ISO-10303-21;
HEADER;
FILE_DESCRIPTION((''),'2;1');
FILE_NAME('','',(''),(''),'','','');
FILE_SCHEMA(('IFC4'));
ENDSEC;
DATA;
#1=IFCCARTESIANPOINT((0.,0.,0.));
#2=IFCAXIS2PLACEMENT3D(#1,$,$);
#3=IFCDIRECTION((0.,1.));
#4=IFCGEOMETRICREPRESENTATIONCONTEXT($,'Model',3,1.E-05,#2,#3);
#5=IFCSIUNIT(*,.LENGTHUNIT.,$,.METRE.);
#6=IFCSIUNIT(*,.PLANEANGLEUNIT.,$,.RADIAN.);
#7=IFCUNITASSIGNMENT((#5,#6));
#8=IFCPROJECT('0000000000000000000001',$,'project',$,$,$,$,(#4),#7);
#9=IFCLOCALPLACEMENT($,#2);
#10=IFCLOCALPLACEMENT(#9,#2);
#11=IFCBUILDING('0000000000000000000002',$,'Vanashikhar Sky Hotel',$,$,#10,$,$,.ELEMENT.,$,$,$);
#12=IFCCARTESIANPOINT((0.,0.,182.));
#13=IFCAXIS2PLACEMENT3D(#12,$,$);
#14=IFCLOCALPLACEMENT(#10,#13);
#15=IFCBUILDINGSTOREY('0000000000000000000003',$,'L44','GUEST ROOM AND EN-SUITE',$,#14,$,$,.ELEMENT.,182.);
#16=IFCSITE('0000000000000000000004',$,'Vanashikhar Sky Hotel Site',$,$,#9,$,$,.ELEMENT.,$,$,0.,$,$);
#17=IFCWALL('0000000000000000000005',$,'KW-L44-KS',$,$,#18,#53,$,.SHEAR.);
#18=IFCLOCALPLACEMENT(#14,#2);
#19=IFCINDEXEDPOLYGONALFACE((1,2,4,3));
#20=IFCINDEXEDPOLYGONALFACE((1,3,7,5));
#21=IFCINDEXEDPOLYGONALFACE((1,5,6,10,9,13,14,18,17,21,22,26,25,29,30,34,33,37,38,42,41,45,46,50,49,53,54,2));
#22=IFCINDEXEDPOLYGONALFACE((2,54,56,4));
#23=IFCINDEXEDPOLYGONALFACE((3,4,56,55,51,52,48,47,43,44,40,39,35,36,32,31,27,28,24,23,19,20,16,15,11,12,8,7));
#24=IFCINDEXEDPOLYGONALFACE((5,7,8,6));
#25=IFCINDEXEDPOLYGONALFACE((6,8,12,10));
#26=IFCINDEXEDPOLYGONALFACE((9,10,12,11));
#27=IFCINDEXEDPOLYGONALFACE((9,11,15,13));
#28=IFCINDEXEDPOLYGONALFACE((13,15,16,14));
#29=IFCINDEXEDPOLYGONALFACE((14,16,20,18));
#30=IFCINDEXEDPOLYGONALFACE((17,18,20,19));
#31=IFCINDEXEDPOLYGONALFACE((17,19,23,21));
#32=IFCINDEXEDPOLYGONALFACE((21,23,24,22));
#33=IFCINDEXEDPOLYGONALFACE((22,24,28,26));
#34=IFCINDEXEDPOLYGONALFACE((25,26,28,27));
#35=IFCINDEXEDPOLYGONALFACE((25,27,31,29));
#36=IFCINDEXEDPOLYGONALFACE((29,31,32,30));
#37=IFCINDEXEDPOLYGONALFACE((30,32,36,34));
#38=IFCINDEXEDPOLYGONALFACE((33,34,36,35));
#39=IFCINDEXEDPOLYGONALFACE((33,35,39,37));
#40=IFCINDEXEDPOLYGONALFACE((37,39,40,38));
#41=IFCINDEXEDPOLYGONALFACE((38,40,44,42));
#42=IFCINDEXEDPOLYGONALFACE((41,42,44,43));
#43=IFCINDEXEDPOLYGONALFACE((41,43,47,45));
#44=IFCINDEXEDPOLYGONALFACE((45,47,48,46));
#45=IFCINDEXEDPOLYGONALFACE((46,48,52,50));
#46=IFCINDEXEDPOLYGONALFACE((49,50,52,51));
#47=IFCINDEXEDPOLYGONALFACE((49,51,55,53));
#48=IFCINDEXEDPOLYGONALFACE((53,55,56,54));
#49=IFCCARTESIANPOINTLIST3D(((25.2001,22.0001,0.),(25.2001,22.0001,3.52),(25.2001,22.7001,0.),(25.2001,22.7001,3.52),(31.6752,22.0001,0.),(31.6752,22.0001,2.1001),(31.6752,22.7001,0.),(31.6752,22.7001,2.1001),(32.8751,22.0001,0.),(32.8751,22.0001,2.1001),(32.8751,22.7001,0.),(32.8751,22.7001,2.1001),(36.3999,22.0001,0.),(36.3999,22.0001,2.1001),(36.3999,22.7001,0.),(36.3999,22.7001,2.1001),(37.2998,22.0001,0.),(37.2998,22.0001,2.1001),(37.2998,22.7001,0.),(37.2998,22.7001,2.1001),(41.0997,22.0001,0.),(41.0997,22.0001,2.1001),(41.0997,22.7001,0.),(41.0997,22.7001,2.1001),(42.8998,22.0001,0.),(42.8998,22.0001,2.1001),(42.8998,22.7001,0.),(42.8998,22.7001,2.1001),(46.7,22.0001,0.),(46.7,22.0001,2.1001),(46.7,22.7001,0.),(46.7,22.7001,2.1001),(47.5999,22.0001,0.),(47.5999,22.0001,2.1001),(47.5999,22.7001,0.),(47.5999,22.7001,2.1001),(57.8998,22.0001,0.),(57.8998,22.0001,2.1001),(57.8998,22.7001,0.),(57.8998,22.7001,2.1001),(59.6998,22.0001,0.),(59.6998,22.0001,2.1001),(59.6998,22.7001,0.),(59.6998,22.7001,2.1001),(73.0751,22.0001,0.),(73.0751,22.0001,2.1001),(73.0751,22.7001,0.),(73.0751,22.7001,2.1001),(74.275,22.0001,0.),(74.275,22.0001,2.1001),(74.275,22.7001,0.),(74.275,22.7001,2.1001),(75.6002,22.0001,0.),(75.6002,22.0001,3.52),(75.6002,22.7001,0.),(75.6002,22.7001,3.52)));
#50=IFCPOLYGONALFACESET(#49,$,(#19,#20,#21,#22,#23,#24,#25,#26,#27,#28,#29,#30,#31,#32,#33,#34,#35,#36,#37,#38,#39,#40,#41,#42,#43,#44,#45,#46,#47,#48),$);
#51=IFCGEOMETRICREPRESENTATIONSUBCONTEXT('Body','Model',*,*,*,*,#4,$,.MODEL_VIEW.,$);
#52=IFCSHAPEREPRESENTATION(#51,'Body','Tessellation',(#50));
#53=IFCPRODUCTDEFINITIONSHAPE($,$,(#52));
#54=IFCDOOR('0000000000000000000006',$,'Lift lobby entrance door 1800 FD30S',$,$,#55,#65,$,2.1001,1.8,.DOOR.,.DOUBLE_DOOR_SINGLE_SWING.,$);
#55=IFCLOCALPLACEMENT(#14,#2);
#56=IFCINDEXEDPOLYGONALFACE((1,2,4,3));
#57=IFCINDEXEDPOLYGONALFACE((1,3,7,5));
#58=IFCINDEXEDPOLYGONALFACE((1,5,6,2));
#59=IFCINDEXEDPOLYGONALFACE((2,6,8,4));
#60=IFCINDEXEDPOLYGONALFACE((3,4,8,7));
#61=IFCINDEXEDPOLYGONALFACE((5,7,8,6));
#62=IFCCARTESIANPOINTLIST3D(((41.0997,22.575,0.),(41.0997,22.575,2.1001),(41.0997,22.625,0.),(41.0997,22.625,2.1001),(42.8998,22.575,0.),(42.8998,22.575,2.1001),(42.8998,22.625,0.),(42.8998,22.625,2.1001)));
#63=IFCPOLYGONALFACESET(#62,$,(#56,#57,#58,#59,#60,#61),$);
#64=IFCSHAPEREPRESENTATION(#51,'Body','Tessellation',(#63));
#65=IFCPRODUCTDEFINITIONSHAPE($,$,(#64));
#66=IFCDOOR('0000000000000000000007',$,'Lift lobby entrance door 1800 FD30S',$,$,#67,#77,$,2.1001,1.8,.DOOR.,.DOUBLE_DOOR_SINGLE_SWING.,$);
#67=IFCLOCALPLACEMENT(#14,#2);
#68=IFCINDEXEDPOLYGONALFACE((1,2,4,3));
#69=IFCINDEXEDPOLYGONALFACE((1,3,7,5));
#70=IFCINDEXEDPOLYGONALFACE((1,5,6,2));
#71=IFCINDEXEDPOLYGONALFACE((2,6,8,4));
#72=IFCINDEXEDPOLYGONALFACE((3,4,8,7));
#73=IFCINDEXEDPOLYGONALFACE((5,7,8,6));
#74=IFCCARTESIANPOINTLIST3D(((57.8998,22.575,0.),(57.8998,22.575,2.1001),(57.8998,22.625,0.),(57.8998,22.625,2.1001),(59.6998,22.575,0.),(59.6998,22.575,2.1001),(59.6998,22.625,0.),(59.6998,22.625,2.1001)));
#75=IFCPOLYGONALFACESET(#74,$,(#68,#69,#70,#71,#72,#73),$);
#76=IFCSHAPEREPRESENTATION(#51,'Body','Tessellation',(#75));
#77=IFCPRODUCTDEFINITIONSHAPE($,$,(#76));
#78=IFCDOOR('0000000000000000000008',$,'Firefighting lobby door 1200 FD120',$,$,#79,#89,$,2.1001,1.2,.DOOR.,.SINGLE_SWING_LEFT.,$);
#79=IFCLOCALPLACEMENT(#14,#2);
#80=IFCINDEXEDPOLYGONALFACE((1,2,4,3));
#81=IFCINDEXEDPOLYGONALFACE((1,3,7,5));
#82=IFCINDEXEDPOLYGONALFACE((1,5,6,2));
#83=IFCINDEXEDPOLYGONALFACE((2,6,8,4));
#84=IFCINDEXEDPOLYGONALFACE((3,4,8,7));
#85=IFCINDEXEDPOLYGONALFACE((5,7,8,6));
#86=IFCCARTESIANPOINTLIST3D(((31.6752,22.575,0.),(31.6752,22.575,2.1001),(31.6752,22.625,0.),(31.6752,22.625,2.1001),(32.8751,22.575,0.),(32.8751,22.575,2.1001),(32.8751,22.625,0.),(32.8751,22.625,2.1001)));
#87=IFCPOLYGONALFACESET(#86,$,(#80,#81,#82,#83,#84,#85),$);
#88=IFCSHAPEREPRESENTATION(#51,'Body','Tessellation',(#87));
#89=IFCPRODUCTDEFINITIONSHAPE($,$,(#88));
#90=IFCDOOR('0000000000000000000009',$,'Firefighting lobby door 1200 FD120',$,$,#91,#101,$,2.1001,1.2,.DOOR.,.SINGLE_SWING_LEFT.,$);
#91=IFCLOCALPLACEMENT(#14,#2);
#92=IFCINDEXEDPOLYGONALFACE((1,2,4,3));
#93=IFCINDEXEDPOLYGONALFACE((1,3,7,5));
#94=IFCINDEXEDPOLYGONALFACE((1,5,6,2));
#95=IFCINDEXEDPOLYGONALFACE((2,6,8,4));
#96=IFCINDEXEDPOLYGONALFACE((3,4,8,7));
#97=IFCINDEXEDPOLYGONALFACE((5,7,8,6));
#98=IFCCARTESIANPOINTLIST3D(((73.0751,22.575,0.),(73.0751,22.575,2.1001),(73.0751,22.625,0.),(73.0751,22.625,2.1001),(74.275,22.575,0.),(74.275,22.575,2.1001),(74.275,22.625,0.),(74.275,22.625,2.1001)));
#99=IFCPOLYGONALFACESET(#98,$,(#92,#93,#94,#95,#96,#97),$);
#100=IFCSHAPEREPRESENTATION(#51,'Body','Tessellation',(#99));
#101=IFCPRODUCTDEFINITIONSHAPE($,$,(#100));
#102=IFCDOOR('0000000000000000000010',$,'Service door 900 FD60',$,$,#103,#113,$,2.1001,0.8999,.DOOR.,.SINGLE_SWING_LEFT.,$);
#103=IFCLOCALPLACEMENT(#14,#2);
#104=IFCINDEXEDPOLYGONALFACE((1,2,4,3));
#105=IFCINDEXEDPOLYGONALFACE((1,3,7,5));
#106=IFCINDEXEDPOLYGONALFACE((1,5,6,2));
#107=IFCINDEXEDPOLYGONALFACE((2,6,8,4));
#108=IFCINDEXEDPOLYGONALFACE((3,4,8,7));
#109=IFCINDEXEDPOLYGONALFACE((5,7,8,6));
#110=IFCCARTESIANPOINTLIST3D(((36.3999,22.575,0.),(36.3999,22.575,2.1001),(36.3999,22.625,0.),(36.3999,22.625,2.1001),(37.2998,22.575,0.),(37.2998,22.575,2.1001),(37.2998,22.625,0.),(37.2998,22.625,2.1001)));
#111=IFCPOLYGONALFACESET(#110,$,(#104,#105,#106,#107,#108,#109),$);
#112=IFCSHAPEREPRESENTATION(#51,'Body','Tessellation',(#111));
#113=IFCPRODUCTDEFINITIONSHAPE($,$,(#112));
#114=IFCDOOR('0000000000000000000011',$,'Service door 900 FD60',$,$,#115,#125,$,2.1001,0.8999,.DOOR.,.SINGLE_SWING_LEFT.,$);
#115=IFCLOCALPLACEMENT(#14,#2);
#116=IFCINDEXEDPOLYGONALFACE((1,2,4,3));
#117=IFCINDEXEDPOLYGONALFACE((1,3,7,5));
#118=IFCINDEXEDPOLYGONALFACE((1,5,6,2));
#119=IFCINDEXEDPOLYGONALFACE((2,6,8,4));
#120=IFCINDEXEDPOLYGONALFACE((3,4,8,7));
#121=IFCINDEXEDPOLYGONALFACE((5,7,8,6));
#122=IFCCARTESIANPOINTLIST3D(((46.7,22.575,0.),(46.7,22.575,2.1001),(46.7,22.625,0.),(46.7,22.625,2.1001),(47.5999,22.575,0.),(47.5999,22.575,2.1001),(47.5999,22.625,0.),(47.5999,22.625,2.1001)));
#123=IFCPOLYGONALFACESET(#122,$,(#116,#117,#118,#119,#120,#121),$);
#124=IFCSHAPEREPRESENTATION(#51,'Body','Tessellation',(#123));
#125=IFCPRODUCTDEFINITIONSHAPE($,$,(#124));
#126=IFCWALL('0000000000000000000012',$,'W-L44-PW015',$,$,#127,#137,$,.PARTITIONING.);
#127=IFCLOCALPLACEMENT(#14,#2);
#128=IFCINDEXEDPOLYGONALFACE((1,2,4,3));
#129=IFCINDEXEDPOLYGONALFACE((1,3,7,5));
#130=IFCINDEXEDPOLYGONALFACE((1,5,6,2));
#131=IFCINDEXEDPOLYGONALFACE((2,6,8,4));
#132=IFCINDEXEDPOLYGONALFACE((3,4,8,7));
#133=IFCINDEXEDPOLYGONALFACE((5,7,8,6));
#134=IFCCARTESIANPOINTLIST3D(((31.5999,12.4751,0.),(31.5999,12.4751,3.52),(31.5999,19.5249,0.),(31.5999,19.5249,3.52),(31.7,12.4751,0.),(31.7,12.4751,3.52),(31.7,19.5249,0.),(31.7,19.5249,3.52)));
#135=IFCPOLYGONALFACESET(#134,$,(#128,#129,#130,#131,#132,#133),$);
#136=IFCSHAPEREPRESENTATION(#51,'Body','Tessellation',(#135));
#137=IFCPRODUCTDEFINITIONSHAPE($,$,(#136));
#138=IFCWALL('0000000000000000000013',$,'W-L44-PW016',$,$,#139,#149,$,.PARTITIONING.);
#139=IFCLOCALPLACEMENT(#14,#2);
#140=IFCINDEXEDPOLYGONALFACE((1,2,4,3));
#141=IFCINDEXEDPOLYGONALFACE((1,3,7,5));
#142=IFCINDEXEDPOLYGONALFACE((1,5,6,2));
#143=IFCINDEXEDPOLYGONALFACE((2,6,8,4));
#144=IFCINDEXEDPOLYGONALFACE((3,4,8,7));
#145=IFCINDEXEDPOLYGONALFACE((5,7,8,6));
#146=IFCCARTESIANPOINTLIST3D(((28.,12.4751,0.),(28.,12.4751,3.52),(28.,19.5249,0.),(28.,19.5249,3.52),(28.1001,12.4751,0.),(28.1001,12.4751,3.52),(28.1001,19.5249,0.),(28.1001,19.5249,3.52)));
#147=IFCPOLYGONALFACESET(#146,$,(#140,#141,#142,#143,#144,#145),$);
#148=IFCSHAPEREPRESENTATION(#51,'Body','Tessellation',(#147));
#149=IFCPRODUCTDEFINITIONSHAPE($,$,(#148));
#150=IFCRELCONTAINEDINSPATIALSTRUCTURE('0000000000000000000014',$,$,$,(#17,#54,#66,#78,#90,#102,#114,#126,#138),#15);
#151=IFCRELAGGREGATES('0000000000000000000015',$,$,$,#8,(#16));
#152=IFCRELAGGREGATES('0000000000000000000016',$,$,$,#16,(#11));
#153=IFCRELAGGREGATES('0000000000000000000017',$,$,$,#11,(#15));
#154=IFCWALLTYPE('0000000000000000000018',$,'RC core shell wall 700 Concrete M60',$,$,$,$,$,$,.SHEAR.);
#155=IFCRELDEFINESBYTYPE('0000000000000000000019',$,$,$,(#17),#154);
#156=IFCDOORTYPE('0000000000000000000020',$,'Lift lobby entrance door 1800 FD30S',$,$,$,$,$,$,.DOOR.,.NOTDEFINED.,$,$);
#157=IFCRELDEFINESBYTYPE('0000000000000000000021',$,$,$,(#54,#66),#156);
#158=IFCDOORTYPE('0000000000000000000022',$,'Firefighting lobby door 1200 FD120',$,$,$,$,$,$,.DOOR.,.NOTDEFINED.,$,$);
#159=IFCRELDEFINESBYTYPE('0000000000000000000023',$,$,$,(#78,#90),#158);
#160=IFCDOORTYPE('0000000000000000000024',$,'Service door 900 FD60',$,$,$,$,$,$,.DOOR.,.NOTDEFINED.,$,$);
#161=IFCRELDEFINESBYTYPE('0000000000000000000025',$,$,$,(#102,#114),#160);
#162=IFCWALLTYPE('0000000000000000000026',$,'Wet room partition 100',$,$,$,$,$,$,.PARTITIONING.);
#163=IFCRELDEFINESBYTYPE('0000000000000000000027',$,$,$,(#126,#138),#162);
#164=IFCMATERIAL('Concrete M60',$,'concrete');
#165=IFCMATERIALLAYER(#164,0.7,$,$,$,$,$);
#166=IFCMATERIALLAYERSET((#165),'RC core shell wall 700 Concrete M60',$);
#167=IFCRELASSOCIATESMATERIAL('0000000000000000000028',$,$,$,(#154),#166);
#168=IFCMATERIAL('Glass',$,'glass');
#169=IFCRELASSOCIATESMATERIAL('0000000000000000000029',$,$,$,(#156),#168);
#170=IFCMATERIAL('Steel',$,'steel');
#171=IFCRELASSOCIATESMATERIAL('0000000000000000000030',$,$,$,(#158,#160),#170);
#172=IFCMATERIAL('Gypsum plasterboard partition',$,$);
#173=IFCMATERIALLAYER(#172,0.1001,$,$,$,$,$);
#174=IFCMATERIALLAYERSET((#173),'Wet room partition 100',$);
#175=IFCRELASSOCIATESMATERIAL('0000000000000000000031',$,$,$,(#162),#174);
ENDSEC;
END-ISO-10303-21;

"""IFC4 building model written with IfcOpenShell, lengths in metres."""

from ifc_helpers import new_model, si_unit, direction, frame, frame_2d, origin, place, context, subcontext, project, spatial, rectangle, extrude, source, transform, mapped, material, layer, layer_set, type_object, element, fill, save


model = new_model("IFC4")

# Units and contexts
model_context = context("Model", 3, precision=1e-05, world=origin(), true_north=direction((0.0, 1.0)))
body_context = subcontext(model_context, "Body", "Model", "MODEL_VIEW")
ifc_project = project(units=[si_unit("LENGTHUNIT", "METRE"), si_unit("PLANEANGLEUNIT", "RADIAN")], contexts=[model_context])

# Site, building, storey
site_placement = place(None, origin())
site = spatial("IfcSite", under=ifc_project, at=site_placement, Name="Vanashikhar Sky Hotel Site", CompositionType="ELEMENT", RefElevation=0.0)
building_placement = place(site_placement, origin())
building = spatial("IfcBuilding", under=site, at=building_placement, Name="Vanashikhar Sky Hotel", CompositionType="ELEMENT")
storey_placement = place(building_placement, frame((0.0, 0.0, 182.0)))
storey = spatial("IfcBuildingStorey", under=building, at=storey_placement, Name="L44", Description="GUEST ROOM AND EN-SUITE", CompositionType="ELEMENT", Elevation=182.0)

# Wall, openings, doors
ifc_material_1 = material(Name="Concrete M60", Category="concrete")
ifc_layer_1 = layer(ifc_material_1, 0.7)
ifc_layer_set_1 = layer_set([ifc_layer_1], Name="RC core shell wall 700 Concrete M60")
wall_type_1 = type_object("IfcWallType", Name="RC core shell wall 700 Concrete M60", PredefinedType="SHEAR", material=ifc_layer_set_1)
shared_shape_1 = source(origin(), body_context, "Body", "SweptSolid", [
    extrude(rectangle(XDim=50.4001, YDim=0.7, at=frame_2d((25.2002, 0.0))), origin(), (0.0, 0.0, 1.0), 3.52),
])
wall_1_placement = place(storey_placement, frame((25.2, 22.3501, 0.0), z_axis=(0.0, 0.0, 1.0), x_axis=(1.0, 0.0, 0.0)))
wall_1 = element("IfcWall", 1, at=wall_1_placement, inside=storey, type_object=wall_type_1, Name="KW-L44-KS", PredefinedType="SHEAR", context=body_context, shape_type="MappedRepresentation", body=[
    mapped(shared_shape_1, transform((0.0, 0.0, 0.0), scale=1.0)),
])
shared_shape_2 = source(origin(), body_context, "Body", "SweptSolid", [
    extrude(rectangle(XDim=1.8, YDim=2.1001, at=frame_2d((0.8999, 1.05))), frame((0.0, 0.3599, 0.0), z_axis=(0.0, -1.0, 0.0), x_axis=(1.0, 0.0, 0.0)), (0.0, 0.0, 1.0), 0.72),
])
opening_1_placement = place(wall_1_placement, frame((15.8999, 0.0, 0.0)))
opening_1 = element("IfcOpeningElement", 2, at=opening_1_placement, cuts=wall_1, PredefinedType="OPENING", context=body_context, shape_type="MappedRepresentation", body=[
    mapped(shared_shape_2, transform((0.0, 0.0, 0.0), scale=1.0)),
])
shared_shape_3 = source(origin(), body_context, "Body", "SweptSolid", [
    extrude(rectangle(XDim=0.8999, YDim=2.1001, at=frame_2d((0.45, 1.05))), frame((0.0, 0.3599, 0.0), z_axis=(0.0, -1.0, 0.0), x_axis=(1.0, 0.0, 0.0)), (0.0, 0.0, 1.0), 0.72),
])
opening_2_placement = place(wall_1_placement, frame((11.2, 0.0, 0.0)))
opening_2 = element("IfcOpeningElement", 3, at=opening_2_placement, cuts=wall_1, PredefinedType="OPENING", context=body_context, shape_type="MappedRepresentation", body=[
    mapped(shared_shape_3, transform((0.0, 0.0, 0.0), scale=1.0)),
])
opening_3_placement = place(wall_1_placement, frame((21.5, 0.0, 0.0)))
opening_3 = element("IfcOpeningElement", 4, at=opening_3_placement, cuts=wall_1, PredefinedType="OPENING", context=body_context, shape_type="MappedRepresentation", body=[
    mapped(shared_shape_3, transform((0.0, 0.0, 0.0), scale=1.0)),
])
opening_4_placement = place(wall_1_placement, frame((32.7, 0.0, 0.0)))
opening_4 = element("IfcOpeningElement", 5, at=opening_4_placement, cuts=wall_1, PredefinedType="OPENING", context=body_context, shape_type="MappedRepresentation", body=[
    mapped(shared_shape_2, transform((0.0, 0.0, 0.0), scale=1.0)),
])
shared_shape_4 = source(origin(), body_context, "Body", "SweptSolid", [
    extrude(rectangle(XDim=1.2, YDim=2.1001, at=frame_2d((0.6001, 1.05))), frame((0.0, 0.3599, 0.0), z_axis=(0.0, -1.0, 0.0), x_axis=(1.0, 0.0, 0.0)), (0.0, 0.0, 1.0), 0.72),
])
opening_5_placement = place(wall_1_placement, frame((6.4751, 0.0, 0.0)))
opening_5 = element("IfcOpeningElement", 6, at=opening_5_placement, cuts=wall_1, PredefinedType="OPENING", context=body_context, shape_type="MappedRepresentation", body=[
    mapped(shared_shape_4, transform((0.0, 0.0, 0.0), scale=1.0)),
])
opening_6_placement = place(wall_1_placement, frame((47.875, 0.0, 0.0)))
opening_6 = element("IfcOpeningElement", 7, at=opening_6_placement, cuts=wall_1, PredefinedType="OPENING", context=body_context, shape_type="MappedRepresentation", body=[
    mapped(shared_shape_4, transform((0.0, 0.0, 0.0), scale=1.0)),
])
ifc_material_2 = material(Name="Glass", Category="glass")
door_type_1 = type_object("IfcDoorType", Name="Lift lobby entrance door 1800 FD30S", OperationType="NOTDEFINED", PredefinedType="DOOR", material=ifc_material_2)
shared_shape_5 = source(origin(), body_context, "Body", "SweptSolid", [
    extrude(rectangle(XDim=1.8, YDim=2.1001, at=frame_2d((0.8999, 1.05))), frame((0.0, 0.2749, 0.0), z_axis=(0.0, -1.0, 0.0), x_axis=(1.0, 0.0, 0.0)), (0.0, 0.0, 1.0), 0.05),
])
door_1_placement = place(opening_1_placement, origin())
door_1 = element("IfcDoor", 8, at=door_1_placement, inside=storey, type_object=door_type_1, Name="Lift lobby entrance door 1800 FD30S", OperationType="DOUBLE_DOOR_SINGLE_SWING", OverallHeight=2.1001, OverallWidth=1.8, PredefinedType="DOOR", context=body_context, shape_type="MappedRepresentation", body=[
    mapped(shared_shape_5, transform((0.0, 0.0, 0.0), scale=1.0)),
])
fill(opening_1, door_1)
door_2_placement = place(opening_4_placement, origin())
door_2 = element("IfcDoor", 9, at=door_2_placement, inside=storey, type_object=door_type_1, Name="Lift lobby entrance door 1800 FD30S", OperationType="DOUBLE_DOOR_SINGLE_SWING", OverallHeight=2.1001, OverallWidth=1.8, PredefinedType="DOOR", context=body_context, shape_type="MappedRepresentation", body=[
    mapped(shared_shape_5, transform((0.0, 0.0, 0.0), scale=1.0)),
])
fill(opening_4, door_2)
ifc_material_3 = material(Name="Steel", Category="steel")
door_type_2 = type_object("IfcDoorType", Name="Firefighting lobby door 1200 FD120", OperationType="NOTDEFINED", PredefinedType="DOOR", material=ifc_material_3)
shared_shape_6 = source(origin(), body_context, "Body", "SweptSolid", [
    extrude(rectangle(XDim=1.2, YDim=2.1001, at=frame_2d((0.6001, 1.05))), frame((0.0, 0.2749, 0.0), z_axis=(0.0, -1.0, 0.0), x_axis=(1.0, 0.0, 0.0)), (0.0, 0.0, 1.0), 0.05),
])
door_3_placement = place(opening_5_placement, origin())
door_3 = element("IfcDoor", 10, at=door_3_placement, inside=storey, type_object=door_type_2, Name="Firefighting lobby door 1200 FD120", OperationType="SINGLE_SWING_LEFT", OverallHeight=2.1001, OverallWidth=1.2, PredefinedType="DOOR", context=body_context, shape_type="MappedRepresentation", body=[
    mapped(shared_shape_6, transform((0.0, 0.0, 0.0), scale=1.0)),
])
fill(opening_5, door_3)
door_4_placement = place(opening_6_placement, origin())
door_4 = element("IfcDoor", 11, at=door_4_placement, inside=storey, type_object=door_type_2, Name="Firefighting lobby door 1200 FD120", OperationType="SINGLE_SWING_LEFT", OverallHeight=2.1001, OverallWidth=1.2, PredefinedType="DOOR", context=body_context, shape_type="MappedRepresentation", body=[
    mapped(shared_shape_6, transform((0.0, 0.0, 0.0), scale=1.0)),
])
fill(opening_6, door_4)
door_type_3 = type_object("IfcDoorType", Name="Service door 900 FD60", OperationType="NOTDEFINED", PredefinedType="DOOR", material=ifc_material_3)
shared_shape_7 = source(origin(), body_context, "Body", "SweptSolid", [
    extrude(rectangle(XDim=0.8999, YDim=2.1001, at=frame_2d((0.45, 1.05))), frame((0.0, 0.2749, 0.0), z_axis=(0.0, -1.0, 0.0), x_axis=(1.0, 0.0, 0.0)), (0.0, 0.0, 1.0), 0.05),
])
door_5_placement = place(opening_2_placement, origin())
door_5 = element("IfcDoor", 12, at=door_5_placement, inside=storey, type_object=door_type_3, Name="Service door 900 FD60", OperationType="SINGLE_SWING_LEFT", OverallHeight=2.1001, OverallWidth=0.8999, PredefinedType="DOOR", context=body_context, shape_type="MappedRepresentation", body=[
    mapped(shared_shape_7, transform((0.0, 0.0, 0.0), scale=1.0)),
])
fill(opening_2, door_5)
door_6_placement = place(opening_3_placement, origin())
door_6 = element("IfcDoor", 13, at=door_6_placement, inside=storey, type_object=door_type_3, Name="Service door 900 FD60", OperationType="SINGLE_SWING_LEFT", OverallHeight=2.1001, OverallWidth=0.8999, PredefinedType="DOOR", context=body_context, shape_type="MappedRepresentation", body=[
    mapped(shared_shape_7, transform((0.0, 0.0, 0.0), scale=1.0)),
])
fill(opening_3, door_6)

# Walls
ifc_material_4 = material(Name="Gypsum plasterboard partition")
ifc_layer_2 = layer(ifc_material_4, 0.1001)
ifc_layer_set_2 = layer_set([ifc_layer_2], Name="Wet room partition 100")
wall_type_2 = type_object("IfcWallType", Name="Wet room partition 100", PredefinedType="PARTITIONING", material=ifc_layer_set_2)
shared_shape_8 = source(origin(), body_context, "Body", "SweptSolid", [
    extrude(rectangle(XDim=7.0498, YDim=0.1001, at=frame_2d((3.5249, 0.0))), origin(), (0.0, 0.0, 1.0), 3.52),
])
for number, where, z_axis, x_axis, name in (
    (14, (31.6499, 12.4751, 0.0), (0.0, 0.0, 1.0), (0.0, 1.0, 0.0), "W-L44-PW015"),
    (15, (28.05, 12.4751, 0.0), (0.0, 0.0, 1.0), (0.0, 1.0, 0.0), "W-L44-PW016"),
):
    element("IfcWall", number, at=place(storey_placement, frame(where, z_axis=z_axis, x_axis=x_axis)), inside=storey, type_object=wall_type_2, Name=name, PredefinedType="PARTITIONING", context=body_context, shape_type="MappedRepresentation", body=[
        mapped(shared_shape_8, transform((0.0, 0.0, 0.0), scale=1.0)),
    ])

save(model, "model.ifc")
